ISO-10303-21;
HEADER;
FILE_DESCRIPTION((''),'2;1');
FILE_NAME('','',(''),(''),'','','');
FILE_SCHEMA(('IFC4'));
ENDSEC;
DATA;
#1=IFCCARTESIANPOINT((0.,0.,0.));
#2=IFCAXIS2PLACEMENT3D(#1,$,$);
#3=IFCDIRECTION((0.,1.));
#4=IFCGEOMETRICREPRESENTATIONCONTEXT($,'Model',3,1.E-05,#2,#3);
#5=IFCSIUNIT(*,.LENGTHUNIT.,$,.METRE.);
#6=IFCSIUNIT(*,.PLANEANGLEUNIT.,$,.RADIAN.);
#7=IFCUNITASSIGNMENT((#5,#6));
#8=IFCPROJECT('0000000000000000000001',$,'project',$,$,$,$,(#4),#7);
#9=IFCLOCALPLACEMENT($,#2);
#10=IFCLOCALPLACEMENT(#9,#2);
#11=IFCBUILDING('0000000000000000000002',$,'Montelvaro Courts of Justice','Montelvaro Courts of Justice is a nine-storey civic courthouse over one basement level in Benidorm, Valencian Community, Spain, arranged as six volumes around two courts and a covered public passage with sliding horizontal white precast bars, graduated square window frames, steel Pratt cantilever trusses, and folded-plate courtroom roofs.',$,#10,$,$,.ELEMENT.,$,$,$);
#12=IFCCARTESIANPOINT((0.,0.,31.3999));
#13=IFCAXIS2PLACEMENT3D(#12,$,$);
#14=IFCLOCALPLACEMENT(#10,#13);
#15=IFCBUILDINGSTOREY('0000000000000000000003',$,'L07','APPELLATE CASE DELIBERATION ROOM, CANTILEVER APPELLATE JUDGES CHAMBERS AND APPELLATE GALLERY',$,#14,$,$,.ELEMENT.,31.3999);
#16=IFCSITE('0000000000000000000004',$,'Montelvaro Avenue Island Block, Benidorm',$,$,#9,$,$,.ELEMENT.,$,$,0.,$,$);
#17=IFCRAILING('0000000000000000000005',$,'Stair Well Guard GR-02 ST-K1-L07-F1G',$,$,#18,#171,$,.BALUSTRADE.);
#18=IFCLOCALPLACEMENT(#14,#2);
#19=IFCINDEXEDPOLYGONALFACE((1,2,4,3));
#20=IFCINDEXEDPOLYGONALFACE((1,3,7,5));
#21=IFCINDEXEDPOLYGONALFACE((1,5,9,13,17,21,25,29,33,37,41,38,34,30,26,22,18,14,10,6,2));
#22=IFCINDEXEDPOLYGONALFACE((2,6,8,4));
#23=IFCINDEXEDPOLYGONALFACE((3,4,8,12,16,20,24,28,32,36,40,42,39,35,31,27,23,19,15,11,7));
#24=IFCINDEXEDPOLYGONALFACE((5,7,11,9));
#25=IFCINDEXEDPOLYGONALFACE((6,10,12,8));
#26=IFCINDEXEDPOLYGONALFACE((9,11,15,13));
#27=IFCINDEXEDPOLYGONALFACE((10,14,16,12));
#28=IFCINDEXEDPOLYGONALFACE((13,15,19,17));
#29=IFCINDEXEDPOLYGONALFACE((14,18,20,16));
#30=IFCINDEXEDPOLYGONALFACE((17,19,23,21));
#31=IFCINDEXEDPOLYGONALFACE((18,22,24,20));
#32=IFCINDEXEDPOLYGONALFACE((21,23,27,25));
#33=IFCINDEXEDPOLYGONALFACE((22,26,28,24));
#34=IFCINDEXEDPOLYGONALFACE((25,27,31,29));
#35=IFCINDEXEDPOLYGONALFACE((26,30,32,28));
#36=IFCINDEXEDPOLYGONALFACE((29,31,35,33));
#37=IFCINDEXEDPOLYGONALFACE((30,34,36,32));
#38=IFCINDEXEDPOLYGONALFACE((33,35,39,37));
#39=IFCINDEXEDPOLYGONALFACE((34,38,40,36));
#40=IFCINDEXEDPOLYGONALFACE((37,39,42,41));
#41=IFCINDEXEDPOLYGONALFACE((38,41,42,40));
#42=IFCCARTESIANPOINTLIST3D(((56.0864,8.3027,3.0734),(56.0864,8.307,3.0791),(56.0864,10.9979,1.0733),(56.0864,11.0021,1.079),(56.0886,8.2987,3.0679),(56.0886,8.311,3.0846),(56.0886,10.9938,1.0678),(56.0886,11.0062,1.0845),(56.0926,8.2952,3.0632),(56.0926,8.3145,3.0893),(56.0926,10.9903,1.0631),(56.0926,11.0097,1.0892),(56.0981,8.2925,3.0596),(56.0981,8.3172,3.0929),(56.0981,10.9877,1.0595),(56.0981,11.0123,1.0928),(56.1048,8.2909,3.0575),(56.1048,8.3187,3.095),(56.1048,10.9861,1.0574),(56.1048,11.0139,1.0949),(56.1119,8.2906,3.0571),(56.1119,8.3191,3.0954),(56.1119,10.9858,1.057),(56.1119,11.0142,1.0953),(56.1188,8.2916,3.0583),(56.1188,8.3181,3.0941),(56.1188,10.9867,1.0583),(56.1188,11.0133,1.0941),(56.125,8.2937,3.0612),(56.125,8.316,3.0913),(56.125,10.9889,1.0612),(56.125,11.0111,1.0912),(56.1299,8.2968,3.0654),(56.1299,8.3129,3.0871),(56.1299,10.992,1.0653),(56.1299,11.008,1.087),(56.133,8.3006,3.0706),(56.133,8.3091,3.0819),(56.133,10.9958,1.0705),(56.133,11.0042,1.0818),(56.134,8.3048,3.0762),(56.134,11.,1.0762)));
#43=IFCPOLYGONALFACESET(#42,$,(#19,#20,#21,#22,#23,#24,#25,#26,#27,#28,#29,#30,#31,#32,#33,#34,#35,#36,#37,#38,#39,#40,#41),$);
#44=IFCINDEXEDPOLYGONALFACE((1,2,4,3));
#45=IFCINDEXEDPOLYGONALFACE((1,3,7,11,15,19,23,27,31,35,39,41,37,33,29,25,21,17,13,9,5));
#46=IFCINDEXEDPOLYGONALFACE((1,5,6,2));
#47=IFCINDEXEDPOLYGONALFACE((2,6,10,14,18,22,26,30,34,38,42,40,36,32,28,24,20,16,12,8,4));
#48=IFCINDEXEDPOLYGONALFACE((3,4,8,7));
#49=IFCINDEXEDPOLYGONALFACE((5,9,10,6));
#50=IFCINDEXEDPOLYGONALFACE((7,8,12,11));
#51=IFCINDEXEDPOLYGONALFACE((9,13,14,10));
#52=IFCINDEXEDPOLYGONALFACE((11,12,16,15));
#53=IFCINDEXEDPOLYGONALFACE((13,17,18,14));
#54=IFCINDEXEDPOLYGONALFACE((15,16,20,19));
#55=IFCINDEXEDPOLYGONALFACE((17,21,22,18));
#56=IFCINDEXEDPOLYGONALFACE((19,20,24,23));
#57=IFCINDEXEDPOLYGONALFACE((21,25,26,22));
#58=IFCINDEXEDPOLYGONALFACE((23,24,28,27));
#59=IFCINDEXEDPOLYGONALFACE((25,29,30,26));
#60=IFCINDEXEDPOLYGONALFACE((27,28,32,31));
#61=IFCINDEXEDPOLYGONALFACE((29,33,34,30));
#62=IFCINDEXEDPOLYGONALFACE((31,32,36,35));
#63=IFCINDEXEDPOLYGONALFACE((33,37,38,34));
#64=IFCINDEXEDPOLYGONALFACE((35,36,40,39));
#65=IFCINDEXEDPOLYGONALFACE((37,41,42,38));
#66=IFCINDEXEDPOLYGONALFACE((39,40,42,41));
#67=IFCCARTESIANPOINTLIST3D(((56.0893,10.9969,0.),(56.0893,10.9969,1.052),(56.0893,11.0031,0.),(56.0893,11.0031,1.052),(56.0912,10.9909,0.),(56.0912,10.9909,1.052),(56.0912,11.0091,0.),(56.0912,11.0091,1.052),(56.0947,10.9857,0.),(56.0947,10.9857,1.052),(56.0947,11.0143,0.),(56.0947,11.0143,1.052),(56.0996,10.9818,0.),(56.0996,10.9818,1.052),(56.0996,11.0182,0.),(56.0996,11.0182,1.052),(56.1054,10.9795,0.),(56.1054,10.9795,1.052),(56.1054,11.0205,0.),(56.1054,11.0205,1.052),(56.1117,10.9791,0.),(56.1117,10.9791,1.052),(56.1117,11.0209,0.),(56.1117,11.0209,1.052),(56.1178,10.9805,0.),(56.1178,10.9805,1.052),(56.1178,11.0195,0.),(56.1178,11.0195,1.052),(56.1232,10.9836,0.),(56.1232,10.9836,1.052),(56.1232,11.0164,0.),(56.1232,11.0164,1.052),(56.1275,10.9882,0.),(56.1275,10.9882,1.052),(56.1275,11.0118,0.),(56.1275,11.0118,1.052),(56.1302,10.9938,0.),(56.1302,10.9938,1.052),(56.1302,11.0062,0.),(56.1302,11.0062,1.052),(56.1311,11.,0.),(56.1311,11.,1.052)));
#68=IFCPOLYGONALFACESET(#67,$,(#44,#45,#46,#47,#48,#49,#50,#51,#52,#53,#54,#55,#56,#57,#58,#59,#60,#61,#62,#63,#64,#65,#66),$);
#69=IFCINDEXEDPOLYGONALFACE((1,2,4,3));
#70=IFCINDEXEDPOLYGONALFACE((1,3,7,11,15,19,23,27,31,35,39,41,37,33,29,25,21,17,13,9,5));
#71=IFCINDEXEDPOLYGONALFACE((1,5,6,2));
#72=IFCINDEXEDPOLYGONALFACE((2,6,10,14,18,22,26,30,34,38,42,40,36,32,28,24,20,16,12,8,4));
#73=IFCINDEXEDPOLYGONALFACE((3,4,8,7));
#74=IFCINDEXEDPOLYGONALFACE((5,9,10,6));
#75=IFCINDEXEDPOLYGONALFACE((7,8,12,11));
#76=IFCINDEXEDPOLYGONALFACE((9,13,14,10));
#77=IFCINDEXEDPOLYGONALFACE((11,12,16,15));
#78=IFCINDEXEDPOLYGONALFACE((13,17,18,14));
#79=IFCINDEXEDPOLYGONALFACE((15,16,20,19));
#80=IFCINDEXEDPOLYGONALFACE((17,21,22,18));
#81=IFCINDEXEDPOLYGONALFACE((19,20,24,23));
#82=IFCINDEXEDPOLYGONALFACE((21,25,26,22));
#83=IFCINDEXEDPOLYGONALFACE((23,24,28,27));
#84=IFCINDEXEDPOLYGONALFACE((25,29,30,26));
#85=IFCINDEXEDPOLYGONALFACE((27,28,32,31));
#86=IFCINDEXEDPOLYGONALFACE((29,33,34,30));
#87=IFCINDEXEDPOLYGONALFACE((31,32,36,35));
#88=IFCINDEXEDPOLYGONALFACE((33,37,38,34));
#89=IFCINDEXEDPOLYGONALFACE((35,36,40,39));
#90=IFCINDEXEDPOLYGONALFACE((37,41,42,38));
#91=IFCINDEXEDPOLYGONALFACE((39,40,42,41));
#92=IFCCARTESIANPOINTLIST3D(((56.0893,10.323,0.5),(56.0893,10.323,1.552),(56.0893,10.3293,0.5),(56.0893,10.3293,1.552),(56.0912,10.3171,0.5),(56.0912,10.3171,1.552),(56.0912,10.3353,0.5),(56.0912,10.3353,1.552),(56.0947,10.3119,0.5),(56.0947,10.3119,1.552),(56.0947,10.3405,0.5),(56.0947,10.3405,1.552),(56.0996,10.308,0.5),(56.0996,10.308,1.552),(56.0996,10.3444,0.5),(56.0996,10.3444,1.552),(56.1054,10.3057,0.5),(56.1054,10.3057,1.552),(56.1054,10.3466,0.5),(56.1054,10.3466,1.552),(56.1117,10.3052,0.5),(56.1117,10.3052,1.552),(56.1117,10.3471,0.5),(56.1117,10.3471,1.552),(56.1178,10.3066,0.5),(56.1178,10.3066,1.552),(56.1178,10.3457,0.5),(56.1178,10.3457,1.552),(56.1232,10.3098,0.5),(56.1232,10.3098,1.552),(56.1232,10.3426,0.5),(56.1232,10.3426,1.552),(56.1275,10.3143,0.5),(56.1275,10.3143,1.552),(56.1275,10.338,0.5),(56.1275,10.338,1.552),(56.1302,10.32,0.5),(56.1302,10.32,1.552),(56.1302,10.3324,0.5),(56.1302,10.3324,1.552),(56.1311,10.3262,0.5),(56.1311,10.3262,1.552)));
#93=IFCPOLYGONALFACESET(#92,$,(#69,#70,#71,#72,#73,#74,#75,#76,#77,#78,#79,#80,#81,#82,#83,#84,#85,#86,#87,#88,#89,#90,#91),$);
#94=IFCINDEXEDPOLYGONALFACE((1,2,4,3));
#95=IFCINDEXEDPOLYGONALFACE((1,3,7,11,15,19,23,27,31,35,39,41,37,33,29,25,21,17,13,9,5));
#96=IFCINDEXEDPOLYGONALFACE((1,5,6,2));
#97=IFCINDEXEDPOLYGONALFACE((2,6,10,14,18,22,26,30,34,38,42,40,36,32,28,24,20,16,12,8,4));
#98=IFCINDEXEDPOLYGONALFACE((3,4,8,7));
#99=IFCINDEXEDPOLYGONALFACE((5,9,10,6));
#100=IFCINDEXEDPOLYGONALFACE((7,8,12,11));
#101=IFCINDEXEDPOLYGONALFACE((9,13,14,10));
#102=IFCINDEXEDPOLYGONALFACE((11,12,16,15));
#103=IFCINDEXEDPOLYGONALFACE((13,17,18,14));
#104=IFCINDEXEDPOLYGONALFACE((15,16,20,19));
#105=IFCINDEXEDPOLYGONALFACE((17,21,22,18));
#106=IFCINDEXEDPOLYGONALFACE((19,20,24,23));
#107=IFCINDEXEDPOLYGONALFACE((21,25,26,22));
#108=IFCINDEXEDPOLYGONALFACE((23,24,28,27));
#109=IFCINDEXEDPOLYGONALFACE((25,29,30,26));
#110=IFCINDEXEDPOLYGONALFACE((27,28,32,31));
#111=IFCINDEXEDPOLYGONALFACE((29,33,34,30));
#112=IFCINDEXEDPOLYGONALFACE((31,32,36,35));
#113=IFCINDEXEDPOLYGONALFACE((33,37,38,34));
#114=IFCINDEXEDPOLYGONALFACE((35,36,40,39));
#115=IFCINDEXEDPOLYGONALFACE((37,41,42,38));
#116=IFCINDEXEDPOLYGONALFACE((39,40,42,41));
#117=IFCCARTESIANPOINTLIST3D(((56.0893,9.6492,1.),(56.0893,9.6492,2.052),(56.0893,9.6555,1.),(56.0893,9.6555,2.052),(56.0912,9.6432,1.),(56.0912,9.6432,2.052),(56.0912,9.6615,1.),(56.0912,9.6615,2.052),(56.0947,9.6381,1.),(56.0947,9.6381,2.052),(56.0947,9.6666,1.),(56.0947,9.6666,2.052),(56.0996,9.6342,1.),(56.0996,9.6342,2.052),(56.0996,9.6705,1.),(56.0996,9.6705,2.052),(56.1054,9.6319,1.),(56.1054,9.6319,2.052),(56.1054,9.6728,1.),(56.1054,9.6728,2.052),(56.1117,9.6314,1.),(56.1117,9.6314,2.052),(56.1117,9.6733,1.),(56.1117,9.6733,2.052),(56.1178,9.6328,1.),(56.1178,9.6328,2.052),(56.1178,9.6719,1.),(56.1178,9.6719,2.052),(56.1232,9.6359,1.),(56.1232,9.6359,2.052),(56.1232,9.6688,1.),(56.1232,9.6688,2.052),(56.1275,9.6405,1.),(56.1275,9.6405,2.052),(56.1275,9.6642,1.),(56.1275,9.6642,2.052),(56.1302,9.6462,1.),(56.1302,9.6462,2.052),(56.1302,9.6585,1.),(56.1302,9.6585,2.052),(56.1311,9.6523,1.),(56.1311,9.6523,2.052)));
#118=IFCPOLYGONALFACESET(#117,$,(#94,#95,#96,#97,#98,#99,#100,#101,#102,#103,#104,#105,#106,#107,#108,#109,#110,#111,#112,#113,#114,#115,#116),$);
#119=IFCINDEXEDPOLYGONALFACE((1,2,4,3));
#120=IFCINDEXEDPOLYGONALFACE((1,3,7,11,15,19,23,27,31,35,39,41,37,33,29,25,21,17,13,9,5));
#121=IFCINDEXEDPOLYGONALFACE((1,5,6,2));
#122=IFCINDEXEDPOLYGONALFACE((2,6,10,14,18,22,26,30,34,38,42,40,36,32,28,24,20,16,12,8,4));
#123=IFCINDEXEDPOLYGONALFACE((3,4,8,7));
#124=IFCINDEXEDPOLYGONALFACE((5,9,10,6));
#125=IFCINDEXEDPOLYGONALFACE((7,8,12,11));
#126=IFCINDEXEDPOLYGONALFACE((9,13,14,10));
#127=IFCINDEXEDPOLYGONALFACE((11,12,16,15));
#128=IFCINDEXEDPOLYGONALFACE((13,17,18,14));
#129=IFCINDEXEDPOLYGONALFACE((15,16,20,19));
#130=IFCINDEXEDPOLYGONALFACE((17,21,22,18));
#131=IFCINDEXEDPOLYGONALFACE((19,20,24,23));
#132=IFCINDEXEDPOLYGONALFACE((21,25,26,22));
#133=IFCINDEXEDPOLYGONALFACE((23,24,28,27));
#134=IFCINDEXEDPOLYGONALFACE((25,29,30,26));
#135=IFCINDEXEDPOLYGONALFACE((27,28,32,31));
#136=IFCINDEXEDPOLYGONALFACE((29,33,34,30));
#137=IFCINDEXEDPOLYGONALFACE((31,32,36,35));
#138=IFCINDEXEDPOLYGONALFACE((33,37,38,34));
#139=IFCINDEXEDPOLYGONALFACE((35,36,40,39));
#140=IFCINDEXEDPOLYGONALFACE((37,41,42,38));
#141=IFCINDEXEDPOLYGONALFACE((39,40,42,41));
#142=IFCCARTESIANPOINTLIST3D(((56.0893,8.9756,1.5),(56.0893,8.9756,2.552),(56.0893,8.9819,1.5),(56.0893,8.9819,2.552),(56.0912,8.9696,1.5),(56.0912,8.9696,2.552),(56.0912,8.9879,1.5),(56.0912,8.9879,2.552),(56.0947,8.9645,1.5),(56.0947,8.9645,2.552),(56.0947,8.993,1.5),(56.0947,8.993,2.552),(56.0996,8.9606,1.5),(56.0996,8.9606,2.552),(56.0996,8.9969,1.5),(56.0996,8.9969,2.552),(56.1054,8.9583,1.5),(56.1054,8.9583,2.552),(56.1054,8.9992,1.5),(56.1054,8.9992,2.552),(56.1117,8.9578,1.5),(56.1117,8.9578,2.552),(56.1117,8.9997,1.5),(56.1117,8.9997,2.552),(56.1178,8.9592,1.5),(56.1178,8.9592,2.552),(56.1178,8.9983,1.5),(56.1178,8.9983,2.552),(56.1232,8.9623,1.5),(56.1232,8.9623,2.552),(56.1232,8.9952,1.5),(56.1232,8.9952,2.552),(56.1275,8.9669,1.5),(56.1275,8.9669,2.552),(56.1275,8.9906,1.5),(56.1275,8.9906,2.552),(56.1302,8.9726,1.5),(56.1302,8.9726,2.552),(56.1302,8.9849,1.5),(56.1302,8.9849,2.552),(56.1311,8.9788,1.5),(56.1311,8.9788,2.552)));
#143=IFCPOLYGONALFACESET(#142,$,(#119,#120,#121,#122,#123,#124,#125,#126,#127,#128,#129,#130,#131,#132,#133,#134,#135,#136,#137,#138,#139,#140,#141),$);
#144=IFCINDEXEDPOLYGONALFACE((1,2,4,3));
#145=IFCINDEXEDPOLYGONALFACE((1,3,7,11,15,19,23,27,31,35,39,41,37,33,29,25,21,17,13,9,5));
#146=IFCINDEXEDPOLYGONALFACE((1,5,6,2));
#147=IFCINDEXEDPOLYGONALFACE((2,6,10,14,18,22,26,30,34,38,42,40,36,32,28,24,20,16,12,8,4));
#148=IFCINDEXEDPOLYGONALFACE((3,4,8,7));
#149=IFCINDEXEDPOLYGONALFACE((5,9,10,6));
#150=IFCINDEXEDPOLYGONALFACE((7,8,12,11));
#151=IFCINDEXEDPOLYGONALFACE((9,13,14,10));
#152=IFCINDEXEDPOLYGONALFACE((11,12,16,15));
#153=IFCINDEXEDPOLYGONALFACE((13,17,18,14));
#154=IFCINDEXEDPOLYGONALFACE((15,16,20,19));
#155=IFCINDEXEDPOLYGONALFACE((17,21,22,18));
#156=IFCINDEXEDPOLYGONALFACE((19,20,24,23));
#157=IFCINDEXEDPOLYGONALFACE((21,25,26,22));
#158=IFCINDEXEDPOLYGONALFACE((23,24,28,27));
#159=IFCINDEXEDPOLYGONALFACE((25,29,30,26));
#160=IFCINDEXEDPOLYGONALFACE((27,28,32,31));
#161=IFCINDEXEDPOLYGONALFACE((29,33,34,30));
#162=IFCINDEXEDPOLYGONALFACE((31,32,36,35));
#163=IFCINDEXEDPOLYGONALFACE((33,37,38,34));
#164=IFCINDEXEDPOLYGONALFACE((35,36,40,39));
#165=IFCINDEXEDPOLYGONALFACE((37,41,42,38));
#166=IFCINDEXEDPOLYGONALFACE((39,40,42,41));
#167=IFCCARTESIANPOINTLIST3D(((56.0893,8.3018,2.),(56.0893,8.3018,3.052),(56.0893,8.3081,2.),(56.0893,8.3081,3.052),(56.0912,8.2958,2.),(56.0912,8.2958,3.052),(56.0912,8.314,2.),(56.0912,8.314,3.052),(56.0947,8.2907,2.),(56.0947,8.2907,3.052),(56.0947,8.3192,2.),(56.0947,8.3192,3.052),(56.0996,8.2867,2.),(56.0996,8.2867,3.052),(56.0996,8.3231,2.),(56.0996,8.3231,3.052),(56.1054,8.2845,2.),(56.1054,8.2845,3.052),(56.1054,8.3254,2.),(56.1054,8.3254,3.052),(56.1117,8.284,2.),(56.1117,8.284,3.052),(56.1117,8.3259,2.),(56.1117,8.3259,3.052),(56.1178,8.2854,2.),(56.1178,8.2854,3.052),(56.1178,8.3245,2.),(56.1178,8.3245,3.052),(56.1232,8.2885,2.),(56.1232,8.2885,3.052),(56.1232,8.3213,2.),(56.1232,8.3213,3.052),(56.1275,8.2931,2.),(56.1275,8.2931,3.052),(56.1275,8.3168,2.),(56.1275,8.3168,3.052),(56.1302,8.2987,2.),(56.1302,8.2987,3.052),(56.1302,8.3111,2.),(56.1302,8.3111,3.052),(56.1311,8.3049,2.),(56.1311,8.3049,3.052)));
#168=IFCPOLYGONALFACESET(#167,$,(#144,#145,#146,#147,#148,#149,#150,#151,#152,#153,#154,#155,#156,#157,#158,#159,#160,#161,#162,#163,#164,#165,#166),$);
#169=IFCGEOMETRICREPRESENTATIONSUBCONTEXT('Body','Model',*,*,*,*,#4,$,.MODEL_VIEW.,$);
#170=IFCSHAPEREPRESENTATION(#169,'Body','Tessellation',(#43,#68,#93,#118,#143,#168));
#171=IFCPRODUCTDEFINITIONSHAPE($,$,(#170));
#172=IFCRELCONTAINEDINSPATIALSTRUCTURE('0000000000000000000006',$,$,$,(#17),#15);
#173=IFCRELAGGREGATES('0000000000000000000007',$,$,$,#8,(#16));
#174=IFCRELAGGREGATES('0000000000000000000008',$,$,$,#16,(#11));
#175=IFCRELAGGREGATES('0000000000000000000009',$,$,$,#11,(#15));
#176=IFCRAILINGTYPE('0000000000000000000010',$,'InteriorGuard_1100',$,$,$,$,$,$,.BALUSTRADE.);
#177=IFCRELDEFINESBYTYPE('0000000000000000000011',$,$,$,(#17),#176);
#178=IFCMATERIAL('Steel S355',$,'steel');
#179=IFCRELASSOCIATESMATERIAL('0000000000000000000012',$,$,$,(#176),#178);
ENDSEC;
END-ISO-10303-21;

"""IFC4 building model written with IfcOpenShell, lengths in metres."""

from ifc_helpers import new_model, si_unit, direction, frame, origin, origin_2d, place, context, subcontext, project, spatial, circle, extrude, material, type_object, element, save


model = new_model("IFC4")

# Units and contexts
model_context = context("Model", 3, precision=1e-05, world=origin(), true_north=direction((0.0, 1.0)))
body_context = subcontext(model_context, "Body", "Model", "MODEL_VIEW")
ifc_project = project(units=[si_unit("LENGTHUNIT", "METRE"), si_unit("PLANEANGLEUNIT", "RADIAN")], contexts=[model_context])

# Site, building, storey
site_placement = place(None, origin())
site = spatial("IfcSite", under=ifc_project, at=site_placement, Name="Montelvaro Avenue Island Block, Benidorm", CompositionType="ELEMENT", RefElevation=0.0)
building_placement = place(site_placement, origin())
building = spatial("IfcBuilding", under=site, at=building_placement, Name="Montelvaro Courts of Justice", Description="Montelvaro Courts of Justice is a nine-storey civic courthouse over one basement level in Benidorm, Valencian Community, Spain, arranged as six volumes around two courts and a covered public passage with sliding horizontal white precast bars, graduated square window frames, steel Pratt cantilever trusses, and folded-plate courtroom roofs.", CompositionType="ELEMENT")
storey_placement = place(building_placement, frame((0.0, 0.0, 31.3999)))
storey = spatial("IfcBuildingStorey", under=building, at=storey_placement, Name="L07", Description="APPELLATE CASE DELIBERATION ROOM, CANTILEVER APPELLATE JUDGES CHAMBERS AND APPELLATE GALLERY", CompositionType="ELEMENT", Elevation=31.3999)

# Shared definitions
ifc_material_1 = material(Name="Steel S355", Category="steel")

# Railing
railing_type_1 = type_object("IfcRailingType", Name="InteriorGuard_1100", PredefinedType="BALUSTRADE", material=ifc_material_1)
railing_1_placement = place(storey_placement, frame((56.1101, 11.0, 0.0)))
element("IfcRailing", 1, at=railing_1_placement, inside=storey, type_object=railing_type_1, Name="Stair Well Guard GR-02 ST-K1-L07-F1G", PredefinedType="BALUSTRADE", context=body_context, shape_type="SweptSolid", body=[
    extrude(circle(Radius=0.0239, at=origin_2d()), frame((0.0, 0.0, 1.0762), z_axis=(0.0, -0.803036, 0.59593), x_axis=(1.0, 0.0, 0.0)), (0.0, 0.0, 1.0), 3.3562),
    extrude(circle(Radius=0.021, at=origin_2d()), origin(), (0.0, 0.0, 1.0), 1.052),
    extrude(circle(Radius=0.021, at=origin_2d()), frame((0.0, -0.6738, 0.5)), (0.0, 0.0, 1.0), 1.052),
    extrude(circle(Radius=0.021, at=origin_2d()), frame((0.0, -1.3477, 1.0)), (0.0, 0.0, 1.0), 1.052),
    extrude(circle(Radius=0.021, at=origin_2d()), frame((0.0, -2.0212, 1.5)), (0.0, 0.0, 1.0), 1.052),
    extrude(circle(Radius=0.021, at=origin_2d()), frame((0.0, -2.6951, 2.0)), (0.0, 0.0, 1.0), 1.052),
])

save(model, "model.ifc")
